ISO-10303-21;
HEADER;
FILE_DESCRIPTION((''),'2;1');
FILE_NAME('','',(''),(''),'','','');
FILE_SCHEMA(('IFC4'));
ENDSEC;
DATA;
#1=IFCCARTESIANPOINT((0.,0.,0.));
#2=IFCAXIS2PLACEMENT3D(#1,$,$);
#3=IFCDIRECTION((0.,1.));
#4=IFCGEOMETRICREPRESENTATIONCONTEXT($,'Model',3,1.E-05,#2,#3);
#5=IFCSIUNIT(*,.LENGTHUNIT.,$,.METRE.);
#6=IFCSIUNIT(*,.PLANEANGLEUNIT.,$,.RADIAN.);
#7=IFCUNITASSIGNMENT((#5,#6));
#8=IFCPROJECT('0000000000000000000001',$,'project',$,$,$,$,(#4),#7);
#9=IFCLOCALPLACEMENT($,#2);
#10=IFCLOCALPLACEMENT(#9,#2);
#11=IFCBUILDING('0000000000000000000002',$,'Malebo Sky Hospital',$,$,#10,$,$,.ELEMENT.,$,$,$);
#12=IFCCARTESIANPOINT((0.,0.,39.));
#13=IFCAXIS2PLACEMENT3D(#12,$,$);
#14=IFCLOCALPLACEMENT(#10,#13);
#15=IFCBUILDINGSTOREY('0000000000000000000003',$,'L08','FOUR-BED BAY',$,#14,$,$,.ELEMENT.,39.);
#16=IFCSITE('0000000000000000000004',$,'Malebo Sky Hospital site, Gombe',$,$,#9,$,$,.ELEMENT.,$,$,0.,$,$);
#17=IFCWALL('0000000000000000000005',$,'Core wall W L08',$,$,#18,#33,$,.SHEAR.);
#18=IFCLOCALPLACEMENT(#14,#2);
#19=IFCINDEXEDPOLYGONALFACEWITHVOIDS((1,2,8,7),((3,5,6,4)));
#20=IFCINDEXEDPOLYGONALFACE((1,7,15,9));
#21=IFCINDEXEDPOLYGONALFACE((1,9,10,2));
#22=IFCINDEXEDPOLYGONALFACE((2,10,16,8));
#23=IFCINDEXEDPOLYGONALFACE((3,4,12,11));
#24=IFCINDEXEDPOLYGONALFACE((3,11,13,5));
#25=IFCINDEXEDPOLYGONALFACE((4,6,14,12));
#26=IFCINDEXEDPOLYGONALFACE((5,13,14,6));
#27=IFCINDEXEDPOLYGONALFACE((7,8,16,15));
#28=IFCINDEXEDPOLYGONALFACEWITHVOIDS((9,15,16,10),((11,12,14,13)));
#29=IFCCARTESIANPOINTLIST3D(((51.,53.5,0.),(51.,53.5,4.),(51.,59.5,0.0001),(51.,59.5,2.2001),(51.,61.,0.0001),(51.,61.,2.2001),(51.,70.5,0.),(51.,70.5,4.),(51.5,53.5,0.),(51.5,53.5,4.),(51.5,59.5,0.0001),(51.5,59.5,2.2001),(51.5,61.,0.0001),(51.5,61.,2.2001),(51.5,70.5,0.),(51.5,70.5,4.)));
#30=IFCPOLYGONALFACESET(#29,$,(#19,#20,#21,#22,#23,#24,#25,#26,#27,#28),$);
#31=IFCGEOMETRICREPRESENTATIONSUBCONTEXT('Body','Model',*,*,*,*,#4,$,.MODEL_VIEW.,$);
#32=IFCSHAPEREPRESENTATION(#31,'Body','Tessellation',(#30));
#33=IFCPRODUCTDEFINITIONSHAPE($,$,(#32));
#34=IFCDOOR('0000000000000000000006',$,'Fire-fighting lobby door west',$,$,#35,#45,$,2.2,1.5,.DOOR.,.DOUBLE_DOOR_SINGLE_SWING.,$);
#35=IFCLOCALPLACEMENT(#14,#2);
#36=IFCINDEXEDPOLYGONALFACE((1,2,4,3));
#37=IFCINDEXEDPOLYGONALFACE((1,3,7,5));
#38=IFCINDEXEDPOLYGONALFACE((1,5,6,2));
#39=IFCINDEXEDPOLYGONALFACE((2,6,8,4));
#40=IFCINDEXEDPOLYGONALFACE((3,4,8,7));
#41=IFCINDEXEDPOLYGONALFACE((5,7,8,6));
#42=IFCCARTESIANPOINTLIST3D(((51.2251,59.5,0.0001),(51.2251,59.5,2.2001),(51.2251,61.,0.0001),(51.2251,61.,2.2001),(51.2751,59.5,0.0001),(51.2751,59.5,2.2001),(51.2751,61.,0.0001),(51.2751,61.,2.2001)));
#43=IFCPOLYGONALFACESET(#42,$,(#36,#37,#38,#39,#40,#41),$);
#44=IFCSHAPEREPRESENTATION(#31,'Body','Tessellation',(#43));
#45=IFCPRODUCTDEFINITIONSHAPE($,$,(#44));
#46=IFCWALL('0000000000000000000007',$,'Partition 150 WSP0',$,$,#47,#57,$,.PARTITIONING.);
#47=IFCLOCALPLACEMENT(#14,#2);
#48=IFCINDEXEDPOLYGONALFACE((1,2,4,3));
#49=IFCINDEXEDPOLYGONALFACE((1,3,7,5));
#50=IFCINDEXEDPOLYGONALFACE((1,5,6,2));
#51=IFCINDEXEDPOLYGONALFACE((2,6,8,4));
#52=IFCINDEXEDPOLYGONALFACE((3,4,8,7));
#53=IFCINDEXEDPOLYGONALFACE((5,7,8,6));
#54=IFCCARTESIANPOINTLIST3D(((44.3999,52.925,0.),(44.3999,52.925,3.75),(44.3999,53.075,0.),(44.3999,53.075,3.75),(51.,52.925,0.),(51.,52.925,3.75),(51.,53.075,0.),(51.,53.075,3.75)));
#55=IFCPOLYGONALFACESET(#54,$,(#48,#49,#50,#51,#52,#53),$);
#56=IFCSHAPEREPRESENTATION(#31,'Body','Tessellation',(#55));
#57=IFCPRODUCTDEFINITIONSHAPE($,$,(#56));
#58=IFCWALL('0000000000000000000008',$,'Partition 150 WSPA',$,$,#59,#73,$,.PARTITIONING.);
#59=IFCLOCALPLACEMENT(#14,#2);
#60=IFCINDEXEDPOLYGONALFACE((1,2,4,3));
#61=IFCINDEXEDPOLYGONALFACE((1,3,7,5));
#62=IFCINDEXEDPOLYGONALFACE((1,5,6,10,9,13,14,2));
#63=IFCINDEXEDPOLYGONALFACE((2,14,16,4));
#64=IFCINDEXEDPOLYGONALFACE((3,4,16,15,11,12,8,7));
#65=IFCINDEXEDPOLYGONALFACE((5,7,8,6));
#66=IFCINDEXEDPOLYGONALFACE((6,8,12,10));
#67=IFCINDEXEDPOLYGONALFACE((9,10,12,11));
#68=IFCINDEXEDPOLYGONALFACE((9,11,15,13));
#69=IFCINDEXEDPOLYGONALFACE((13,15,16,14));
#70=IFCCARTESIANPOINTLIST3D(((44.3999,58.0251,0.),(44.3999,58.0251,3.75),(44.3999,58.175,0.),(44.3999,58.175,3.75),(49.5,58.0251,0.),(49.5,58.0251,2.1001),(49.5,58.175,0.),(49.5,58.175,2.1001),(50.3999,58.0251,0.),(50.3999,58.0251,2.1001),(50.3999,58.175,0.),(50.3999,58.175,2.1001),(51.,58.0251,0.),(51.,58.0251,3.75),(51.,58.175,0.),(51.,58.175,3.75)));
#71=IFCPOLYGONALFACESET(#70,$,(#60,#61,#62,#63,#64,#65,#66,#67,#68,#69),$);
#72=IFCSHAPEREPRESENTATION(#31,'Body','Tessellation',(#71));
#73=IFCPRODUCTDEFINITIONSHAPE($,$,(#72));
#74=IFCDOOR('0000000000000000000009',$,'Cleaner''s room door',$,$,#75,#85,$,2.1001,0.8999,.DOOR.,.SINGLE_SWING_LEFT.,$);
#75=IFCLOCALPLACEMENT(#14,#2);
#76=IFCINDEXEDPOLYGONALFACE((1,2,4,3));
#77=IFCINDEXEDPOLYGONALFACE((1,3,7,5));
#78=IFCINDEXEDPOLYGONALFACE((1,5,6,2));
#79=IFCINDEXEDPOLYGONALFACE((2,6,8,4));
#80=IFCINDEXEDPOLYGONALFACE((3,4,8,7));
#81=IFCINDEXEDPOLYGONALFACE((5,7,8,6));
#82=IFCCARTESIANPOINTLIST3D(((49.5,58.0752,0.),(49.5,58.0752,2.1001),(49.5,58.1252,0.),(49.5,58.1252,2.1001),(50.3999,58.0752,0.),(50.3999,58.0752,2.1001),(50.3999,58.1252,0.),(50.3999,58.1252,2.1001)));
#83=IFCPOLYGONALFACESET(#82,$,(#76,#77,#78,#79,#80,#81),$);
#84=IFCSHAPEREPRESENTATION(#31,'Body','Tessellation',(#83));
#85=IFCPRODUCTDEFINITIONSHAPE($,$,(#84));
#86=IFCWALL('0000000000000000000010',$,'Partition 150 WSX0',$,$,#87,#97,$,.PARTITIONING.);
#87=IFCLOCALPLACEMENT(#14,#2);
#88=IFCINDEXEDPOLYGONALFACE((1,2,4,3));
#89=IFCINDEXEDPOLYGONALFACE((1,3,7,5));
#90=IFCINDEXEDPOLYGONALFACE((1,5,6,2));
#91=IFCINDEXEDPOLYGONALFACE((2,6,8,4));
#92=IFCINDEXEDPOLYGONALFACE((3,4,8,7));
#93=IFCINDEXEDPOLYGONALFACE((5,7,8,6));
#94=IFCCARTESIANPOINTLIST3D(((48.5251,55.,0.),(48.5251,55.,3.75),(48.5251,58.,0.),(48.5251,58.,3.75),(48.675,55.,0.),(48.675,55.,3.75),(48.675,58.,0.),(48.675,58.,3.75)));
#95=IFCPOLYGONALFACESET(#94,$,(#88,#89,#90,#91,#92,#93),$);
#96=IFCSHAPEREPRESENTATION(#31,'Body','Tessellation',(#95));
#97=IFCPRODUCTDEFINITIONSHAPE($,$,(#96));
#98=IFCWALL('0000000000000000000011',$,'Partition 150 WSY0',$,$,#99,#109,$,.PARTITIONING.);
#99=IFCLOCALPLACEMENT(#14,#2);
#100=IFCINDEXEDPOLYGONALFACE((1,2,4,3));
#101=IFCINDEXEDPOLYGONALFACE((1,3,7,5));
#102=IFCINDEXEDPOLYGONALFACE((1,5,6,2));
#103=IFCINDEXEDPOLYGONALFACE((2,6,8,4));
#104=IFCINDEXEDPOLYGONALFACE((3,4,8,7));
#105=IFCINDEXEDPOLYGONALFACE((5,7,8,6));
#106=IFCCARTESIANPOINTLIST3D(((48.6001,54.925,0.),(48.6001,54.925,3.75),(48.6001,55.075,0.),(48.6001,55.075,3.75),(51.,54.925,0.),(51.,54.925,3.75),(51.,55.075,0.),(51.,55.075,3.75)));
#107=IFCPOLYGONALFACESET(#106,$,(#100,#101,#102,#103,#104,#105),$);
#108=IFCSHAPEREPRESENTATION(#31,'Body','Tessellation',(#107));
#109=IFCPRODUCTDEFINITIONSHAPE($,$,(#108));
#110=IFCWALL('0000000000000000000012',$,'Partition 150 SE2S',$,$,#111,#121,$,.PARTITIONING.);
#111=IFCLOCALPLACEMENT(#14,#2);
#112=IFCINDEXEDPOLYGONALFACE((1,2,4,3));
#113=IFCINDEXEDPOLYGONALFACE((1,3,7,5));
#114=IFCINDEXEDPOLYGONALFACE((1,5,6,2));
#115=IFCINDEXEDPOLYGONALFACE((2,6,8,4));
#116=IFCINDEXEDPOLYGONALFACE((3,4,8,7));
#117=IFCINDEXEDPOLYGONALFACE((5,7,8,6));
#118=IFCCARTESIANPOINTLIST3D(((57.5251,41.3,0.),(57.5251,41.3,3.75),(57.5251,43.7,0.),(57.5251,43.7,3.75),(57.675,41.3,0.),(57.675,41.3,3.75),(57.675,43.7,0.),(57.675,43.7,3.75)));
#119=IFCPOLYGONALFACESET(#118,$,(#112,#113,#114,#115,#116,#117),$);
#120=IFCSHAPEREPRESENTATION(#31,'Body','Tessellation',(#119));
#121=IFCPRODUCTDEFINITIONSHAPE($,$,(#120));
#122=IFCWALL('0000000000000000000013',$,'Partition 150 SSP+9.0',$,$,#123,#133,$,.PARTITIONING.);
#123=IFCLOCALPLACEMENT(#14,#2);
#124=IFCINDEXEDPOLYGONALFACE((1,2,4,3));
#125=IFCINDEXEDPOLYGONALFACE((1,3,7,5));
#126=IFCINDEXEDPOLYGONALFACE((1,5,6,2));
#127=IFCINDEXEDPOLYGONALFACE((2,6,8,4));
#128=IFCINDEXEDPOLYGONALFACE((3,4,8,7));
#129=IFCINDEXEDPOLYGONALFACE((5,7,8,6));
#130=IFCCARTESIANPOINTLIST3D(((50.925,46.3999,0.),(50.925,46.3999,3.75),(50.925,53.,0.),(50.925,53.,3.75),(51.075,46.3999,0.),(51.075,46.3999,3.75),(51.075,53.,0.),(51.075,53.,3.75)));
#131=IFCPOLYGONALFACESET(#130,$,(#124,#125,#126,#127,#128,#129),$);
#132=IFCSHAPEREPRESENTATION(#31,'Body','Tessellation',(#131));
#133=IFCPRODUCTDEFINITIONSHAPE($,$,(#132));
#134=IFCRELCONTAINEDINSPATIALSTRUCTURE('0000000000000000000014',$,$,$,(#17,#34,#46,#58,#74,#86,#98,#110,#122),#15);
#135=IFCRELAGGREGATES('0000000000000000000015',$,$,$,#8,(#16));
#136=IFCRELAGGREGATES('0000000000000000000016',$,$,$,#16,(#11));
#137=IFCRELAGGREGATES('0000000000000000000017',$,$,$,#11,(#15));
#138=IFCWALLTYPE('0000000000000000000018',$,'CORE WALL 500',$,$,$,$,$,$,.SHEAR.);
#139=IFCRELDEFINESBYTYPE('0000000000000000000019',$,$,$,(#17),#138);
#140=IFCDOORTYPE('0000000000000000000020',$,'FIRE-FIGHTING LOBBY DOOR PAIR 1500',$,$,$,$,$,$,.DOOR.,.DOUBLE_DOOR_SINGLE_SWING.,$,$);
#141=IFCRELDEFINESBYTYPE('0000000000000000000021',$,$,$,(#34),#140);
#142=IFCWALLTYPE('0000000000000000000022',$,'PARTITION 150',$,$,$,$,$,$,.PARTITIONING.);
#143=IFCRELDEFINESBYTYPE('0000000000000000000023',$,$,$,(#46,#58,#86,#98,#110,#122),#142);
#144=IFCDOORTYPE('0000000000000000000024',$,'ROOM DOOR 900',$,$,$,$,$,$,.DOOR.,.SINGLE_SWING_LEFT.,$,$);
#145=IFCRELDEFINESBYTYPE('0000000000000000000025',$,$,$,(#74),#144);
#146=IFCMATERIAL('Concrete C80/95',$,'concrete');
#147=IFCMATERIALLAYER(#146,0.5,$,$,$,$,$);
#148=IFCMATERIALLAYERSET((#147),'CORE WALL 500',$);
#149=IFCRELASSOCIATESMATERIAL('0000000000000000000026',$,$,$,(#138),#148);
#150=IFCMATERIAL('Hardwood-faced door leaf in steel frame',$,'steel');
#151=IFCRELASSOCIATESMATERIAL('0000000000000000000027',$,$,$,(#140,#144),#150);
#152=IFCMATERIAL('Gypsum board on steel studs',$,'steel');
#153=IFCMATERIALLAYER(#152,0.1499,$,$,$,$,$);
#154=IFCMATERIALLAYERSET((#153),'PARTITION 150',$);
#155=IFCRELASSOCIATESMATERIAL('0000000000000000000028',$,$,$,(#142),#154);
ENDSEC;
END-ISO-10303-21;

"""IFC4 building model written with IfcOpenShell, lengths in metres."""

from ifc_helpers import new_model, si_unit, direction, frame, frame_2d, origin, place, context, subcontext, project, spatial, rectangle, extrude, material, layer, layer_set, type_object, element, fill, save


model = new_model("IFC4")

# Units and contexts
model_context = context("Model", 3, precision=1e-05, world=origin(), true_north=direction((0.0, 1.0)))
body_context = subcontext(model_context, "Body", "Model", "MODEL_VIEW")
ifc_project = project(units=[si_unit("LENGTHUNIT", "METRE"), si_unit("PLANEANGLEUNIT", "RADIAN")], contexts=[model_context])

# Site, building, storey
site_placement = place(None, origin())
site = spatial("IfcSite", under=ifc_project, at=site_placement, Name="Malebo Sky Hospital site, Gombe", CompositionType="ELEMENT", RefElevation=0.0)
building_placement = place(site_placement, origin())
building = spatial("IfcBuilding", under=site, at=building_placement, Name="Malebo Sky Hospital", CompositionType="ELEMENT")
storey_placement = place(building_placement, frame((0.0, 0.0, 39.0)))
storey = spatial("IfcBuildingStorey", under=building, at=storey_placement, Name="L08", Description="FOUR-BED BAY", CompositionType="ELEMENT", Elevation=39.0)

# Shared definitions
ifc_material_1 = material(Name="Concrete C80/95", Category="concrete")

# Wall, opening, door
ifc_layer_1 = layer(ifc_material_1, 0.5)
ifc_layer_set_1 = layer_set([ifc_layer_1], Name="CORE WALL 500")
wall_type_1 = type_object("IfcWallType", Name="CORE WALL 500", PredefinedType="SHEAR", material=ifc_layer_set_1)
ifc_material_2 = material(Name="Hardwood-faced door leaf in steel frame", Category="steel")
wall_1_placement = place(storey_placement, frame((51.25, 53.5, 0.0), z_axis=(0.0, 0.0, 1.0), x_axis=(0.0, 1.0, 0.0)))
wall_1 = element("IfcWall", 1, at=wall_1_placement, inside=storey, type_object=wall_type_1, Name="Core wall W L08", PredefinedType="SHEAR", context=body_context, shape_type="SweptSolid", body=[
    extrude(rectangle(XDim=17.0, YDim=0.5, at=frame_2d((8.5, 0.0))), origin(), (0.0, 0.0, 1.0), 4.0),
])
opening_1_placement = place(wall_1_placement, frame((6.0, 0.0, 0.0)))
opening_1 = element("IfcOpeningElement", 2, at=opening_1_placement, cuts=wall_1, PredefinedType="OPENING", context=body_context, shape_type="SweptSolid", body=[
    extrude(rectangle(XDim=1.5, YDim=2.2, at=frame_2d((0.75, 1.1001))), frame((0.0, 0.26, 0.0), z_axis=(0.0, -1.0, 0.0), x_axis=(1.0, 0.0, 0.0)), (0.0, 0.0, 1.0), 0.52),
])
door_type_1 = type_object("IfcDoorType", Name="FIRE-FIGHTING LOBBY DOOR PAIR 1500", OperationType="DOUBLE_DOOR_SINGLE_SWING", PredefinedType="DOOR", material=ifc_material_2)
door_1_placement = place(opening_1_placement, origin())
door_1 = element("IfcDoor", 3, at=door_1_placement, inside=storey, type_object=door_type_1, Name="Fire-fighting lobby door west", OperationType="DOUBLE_DOOR_SINGLE_SWING", OverallHeight=2.2, OverallWidth=1.5, PredefinedType="DOOR", context=body_context, shape_type="SweptSolid", body=[
    extrude(rectangle(XDim=1.5, YDim=2.2, at=frame_2d((0.75, 1.1001))), frame((0.0, 0.0249, 0.0), z_axis=(0.0, -1.0, 0.0), x_axis=(1.0, 0.0, 0.0)), (0.0, 0.0, 1.0), 0.05),
])
fill(opening_1, door_1)

# Wall
ifc_material_3 = material(Name="Gypsum board on steel studs", Category="steel")
ifc_layer_2 = layer(ifc_material_3, 0.1499)
ifc_layer_set_2 = layer_set([ifc_layer_2], Name="PARTITION 150")
wall_type_2 = type_object("IfcWallType", Name="PARTITION 150", PredefinedType="PARTITIONING", material=ifc_layer_set_2)
wall_2_placement = place(storey_placement, frame((51.0, 53.0, 0.0), z_axis=(0.0, 0.0, 1.0), x_axis=(-1.0, 0.0, 0.0)))
element("IfcWall", 4, at=wall_2_placement, inside=storey, type_object=wall_type_2, Name="Partition 150 WSP0", PredefinedType="PARTITIONING", context=body_context, shape_type="SweptSolid", body=[
    extrude(rectangle(XDim=6.6001, YDim=0.1499, at=frame_2d((3.3, 0.0))), origin(), (0.0, 0.0, 1.0), 3.75),
])

# Wall, opening, door
wall_3_placement = place(storey_placement, frame((51.0, 58.1001, 0.0), z_axis=(0.0, 0.0, 1.0), x_axis=(-1.0, 0.0, 0.0)))
wall_3 = element("IfcWall", 5, at=wall_3_placement, inside=storey, type_object=wall_type_2, Name="Partition 150 WSPA", PredefinedType="PARTITIONING", context=body_context, shape_type="SweptSolid", body=[
    extrude(rectangle(XDim=6.6001, YDim=0.1499, at=frame_2d((3.3, 0.0))), origin(), (0.0, 0.0, 1.0), 3.75),
])
opening_2_placement = place(wall_3_placement, frame((0.6001, 0.0, 0.0)))
opening_2 = element("IfcOpeningElement", 6, at=opening_2_placement, cuts=wall_3, PredefinedType="OPENING", context=body_context, shape_type="SweptSolid", body=[
    extrude(rectangle(XDim=0.8999, YDim=2.1001, at=frame_2d((0.45, 1.05))), frame((0.0, 0.085, 0.0), z_axis=(0.0, -1.0, 0.0), x_axis=(1.0, 0.0, 0.0)), (0.0, 0.0, 1.0), 0.1699),
])
door_type_2 = type_object("IfcDoorType", Name="ROOM DOOR 900", OperationType="SINGLE_SWING_LEFT", PredefinedType="DOOR", material=ifc_material_2)
door_2_placement = place(opening_2_placement, origin())
door_2 = element("IfcDoor", 7, at=door_2_placement, inside=storey, type_object=door_type_2, Name="Cleaner's room door", OperationType="SINGLE_SWING_LEFT", OverallHeight=2.1001, OverallWidth=0.8999, PredefinedType="DOOR", context=body_context, shape_type="SweptSolid", body=[
    extrude(rectangle(XDim=0.8999, YDim=2.1001, at=frame_2d((0.45, 1.05))), frame((0.0, 0.0249, 0.0), z_axis=(0.0, -1.0, 0.0), x_axis=(1.0, 0.0, 0.0)), (0.0, 0.0, 1.0), 0.05),
])
fill(opening_2, door_2)

# Walls
wall_4_placement = place(storey_placement, frame((48.6001, 55.0, 0.0), z_axis=(0.0, 0.0, 1.0), x_axis=(0.0, 1.0, 0.0)))
element("IfcWall", 8, at=wall_4_placement, inside=storey, type_object=wall_type_2, Name="Partition 150 WSX0", PredefinedType="PARTITIONING", context=body_context, shape_type="SweptSolid", body=[
    extrude(rectangle(XDim=3.0, YDim=0.1499, at=frame_2d((1.5, 0.0))), origin(), (0.0, 0.0, 1.0), 3.75),
])
for number, where, z_axis, x_axis, name in (
    (9, (51.0, 55.0, 0.0), (0.0, 0.0, 1.0), (-1.0, 0.0, 0.0), "Partition 150 WSY0"),
    (10, (57.6001, 43.7, 0.0), (0.0, 0.0, 1.0), (0.0, -1.0, 0.0), "Partition 150 SE2S"),
):
    element("IfcWall", number, at=place(storey_placement, frame(where, z_axis=z_axis, x_axis=x_axis)), inside=storey, type_object=wall_type_2, Name=name, PredefinedType="PARTITIONING", context=body_context, shape_type="SweptSolid", body=[
        extrude(rectangle(XDim=2.3999, YDim=0.1499, at=frame_2d((1.2, 0.0))), origin(), (0.0, 0.0, 1.0), 3.75),
    ])
wall_5_placement = place(storey_placement, frame((51.0, 53.0, 0.0), z_axis=(0.0, 0.0, 1.0), x_axis=(0.0, -1.0, 0.0)))
element("IfcWall", 11, at=wall_5_placement, inside=storey, type_object=wall_type_2, Name="Partition 150 SSP+9.0", PredefinedType="PARTITIONING", context=body_context, shape_type="SweptSolid", body=[
    extrude(rectangle(XDim=6.6001, YDim=0.1499, at=frame_2d((3.3, 0.0))), origin(), (0.0, 0.0, 1.0), 3.75),
])

save(model, "model.ifc")
